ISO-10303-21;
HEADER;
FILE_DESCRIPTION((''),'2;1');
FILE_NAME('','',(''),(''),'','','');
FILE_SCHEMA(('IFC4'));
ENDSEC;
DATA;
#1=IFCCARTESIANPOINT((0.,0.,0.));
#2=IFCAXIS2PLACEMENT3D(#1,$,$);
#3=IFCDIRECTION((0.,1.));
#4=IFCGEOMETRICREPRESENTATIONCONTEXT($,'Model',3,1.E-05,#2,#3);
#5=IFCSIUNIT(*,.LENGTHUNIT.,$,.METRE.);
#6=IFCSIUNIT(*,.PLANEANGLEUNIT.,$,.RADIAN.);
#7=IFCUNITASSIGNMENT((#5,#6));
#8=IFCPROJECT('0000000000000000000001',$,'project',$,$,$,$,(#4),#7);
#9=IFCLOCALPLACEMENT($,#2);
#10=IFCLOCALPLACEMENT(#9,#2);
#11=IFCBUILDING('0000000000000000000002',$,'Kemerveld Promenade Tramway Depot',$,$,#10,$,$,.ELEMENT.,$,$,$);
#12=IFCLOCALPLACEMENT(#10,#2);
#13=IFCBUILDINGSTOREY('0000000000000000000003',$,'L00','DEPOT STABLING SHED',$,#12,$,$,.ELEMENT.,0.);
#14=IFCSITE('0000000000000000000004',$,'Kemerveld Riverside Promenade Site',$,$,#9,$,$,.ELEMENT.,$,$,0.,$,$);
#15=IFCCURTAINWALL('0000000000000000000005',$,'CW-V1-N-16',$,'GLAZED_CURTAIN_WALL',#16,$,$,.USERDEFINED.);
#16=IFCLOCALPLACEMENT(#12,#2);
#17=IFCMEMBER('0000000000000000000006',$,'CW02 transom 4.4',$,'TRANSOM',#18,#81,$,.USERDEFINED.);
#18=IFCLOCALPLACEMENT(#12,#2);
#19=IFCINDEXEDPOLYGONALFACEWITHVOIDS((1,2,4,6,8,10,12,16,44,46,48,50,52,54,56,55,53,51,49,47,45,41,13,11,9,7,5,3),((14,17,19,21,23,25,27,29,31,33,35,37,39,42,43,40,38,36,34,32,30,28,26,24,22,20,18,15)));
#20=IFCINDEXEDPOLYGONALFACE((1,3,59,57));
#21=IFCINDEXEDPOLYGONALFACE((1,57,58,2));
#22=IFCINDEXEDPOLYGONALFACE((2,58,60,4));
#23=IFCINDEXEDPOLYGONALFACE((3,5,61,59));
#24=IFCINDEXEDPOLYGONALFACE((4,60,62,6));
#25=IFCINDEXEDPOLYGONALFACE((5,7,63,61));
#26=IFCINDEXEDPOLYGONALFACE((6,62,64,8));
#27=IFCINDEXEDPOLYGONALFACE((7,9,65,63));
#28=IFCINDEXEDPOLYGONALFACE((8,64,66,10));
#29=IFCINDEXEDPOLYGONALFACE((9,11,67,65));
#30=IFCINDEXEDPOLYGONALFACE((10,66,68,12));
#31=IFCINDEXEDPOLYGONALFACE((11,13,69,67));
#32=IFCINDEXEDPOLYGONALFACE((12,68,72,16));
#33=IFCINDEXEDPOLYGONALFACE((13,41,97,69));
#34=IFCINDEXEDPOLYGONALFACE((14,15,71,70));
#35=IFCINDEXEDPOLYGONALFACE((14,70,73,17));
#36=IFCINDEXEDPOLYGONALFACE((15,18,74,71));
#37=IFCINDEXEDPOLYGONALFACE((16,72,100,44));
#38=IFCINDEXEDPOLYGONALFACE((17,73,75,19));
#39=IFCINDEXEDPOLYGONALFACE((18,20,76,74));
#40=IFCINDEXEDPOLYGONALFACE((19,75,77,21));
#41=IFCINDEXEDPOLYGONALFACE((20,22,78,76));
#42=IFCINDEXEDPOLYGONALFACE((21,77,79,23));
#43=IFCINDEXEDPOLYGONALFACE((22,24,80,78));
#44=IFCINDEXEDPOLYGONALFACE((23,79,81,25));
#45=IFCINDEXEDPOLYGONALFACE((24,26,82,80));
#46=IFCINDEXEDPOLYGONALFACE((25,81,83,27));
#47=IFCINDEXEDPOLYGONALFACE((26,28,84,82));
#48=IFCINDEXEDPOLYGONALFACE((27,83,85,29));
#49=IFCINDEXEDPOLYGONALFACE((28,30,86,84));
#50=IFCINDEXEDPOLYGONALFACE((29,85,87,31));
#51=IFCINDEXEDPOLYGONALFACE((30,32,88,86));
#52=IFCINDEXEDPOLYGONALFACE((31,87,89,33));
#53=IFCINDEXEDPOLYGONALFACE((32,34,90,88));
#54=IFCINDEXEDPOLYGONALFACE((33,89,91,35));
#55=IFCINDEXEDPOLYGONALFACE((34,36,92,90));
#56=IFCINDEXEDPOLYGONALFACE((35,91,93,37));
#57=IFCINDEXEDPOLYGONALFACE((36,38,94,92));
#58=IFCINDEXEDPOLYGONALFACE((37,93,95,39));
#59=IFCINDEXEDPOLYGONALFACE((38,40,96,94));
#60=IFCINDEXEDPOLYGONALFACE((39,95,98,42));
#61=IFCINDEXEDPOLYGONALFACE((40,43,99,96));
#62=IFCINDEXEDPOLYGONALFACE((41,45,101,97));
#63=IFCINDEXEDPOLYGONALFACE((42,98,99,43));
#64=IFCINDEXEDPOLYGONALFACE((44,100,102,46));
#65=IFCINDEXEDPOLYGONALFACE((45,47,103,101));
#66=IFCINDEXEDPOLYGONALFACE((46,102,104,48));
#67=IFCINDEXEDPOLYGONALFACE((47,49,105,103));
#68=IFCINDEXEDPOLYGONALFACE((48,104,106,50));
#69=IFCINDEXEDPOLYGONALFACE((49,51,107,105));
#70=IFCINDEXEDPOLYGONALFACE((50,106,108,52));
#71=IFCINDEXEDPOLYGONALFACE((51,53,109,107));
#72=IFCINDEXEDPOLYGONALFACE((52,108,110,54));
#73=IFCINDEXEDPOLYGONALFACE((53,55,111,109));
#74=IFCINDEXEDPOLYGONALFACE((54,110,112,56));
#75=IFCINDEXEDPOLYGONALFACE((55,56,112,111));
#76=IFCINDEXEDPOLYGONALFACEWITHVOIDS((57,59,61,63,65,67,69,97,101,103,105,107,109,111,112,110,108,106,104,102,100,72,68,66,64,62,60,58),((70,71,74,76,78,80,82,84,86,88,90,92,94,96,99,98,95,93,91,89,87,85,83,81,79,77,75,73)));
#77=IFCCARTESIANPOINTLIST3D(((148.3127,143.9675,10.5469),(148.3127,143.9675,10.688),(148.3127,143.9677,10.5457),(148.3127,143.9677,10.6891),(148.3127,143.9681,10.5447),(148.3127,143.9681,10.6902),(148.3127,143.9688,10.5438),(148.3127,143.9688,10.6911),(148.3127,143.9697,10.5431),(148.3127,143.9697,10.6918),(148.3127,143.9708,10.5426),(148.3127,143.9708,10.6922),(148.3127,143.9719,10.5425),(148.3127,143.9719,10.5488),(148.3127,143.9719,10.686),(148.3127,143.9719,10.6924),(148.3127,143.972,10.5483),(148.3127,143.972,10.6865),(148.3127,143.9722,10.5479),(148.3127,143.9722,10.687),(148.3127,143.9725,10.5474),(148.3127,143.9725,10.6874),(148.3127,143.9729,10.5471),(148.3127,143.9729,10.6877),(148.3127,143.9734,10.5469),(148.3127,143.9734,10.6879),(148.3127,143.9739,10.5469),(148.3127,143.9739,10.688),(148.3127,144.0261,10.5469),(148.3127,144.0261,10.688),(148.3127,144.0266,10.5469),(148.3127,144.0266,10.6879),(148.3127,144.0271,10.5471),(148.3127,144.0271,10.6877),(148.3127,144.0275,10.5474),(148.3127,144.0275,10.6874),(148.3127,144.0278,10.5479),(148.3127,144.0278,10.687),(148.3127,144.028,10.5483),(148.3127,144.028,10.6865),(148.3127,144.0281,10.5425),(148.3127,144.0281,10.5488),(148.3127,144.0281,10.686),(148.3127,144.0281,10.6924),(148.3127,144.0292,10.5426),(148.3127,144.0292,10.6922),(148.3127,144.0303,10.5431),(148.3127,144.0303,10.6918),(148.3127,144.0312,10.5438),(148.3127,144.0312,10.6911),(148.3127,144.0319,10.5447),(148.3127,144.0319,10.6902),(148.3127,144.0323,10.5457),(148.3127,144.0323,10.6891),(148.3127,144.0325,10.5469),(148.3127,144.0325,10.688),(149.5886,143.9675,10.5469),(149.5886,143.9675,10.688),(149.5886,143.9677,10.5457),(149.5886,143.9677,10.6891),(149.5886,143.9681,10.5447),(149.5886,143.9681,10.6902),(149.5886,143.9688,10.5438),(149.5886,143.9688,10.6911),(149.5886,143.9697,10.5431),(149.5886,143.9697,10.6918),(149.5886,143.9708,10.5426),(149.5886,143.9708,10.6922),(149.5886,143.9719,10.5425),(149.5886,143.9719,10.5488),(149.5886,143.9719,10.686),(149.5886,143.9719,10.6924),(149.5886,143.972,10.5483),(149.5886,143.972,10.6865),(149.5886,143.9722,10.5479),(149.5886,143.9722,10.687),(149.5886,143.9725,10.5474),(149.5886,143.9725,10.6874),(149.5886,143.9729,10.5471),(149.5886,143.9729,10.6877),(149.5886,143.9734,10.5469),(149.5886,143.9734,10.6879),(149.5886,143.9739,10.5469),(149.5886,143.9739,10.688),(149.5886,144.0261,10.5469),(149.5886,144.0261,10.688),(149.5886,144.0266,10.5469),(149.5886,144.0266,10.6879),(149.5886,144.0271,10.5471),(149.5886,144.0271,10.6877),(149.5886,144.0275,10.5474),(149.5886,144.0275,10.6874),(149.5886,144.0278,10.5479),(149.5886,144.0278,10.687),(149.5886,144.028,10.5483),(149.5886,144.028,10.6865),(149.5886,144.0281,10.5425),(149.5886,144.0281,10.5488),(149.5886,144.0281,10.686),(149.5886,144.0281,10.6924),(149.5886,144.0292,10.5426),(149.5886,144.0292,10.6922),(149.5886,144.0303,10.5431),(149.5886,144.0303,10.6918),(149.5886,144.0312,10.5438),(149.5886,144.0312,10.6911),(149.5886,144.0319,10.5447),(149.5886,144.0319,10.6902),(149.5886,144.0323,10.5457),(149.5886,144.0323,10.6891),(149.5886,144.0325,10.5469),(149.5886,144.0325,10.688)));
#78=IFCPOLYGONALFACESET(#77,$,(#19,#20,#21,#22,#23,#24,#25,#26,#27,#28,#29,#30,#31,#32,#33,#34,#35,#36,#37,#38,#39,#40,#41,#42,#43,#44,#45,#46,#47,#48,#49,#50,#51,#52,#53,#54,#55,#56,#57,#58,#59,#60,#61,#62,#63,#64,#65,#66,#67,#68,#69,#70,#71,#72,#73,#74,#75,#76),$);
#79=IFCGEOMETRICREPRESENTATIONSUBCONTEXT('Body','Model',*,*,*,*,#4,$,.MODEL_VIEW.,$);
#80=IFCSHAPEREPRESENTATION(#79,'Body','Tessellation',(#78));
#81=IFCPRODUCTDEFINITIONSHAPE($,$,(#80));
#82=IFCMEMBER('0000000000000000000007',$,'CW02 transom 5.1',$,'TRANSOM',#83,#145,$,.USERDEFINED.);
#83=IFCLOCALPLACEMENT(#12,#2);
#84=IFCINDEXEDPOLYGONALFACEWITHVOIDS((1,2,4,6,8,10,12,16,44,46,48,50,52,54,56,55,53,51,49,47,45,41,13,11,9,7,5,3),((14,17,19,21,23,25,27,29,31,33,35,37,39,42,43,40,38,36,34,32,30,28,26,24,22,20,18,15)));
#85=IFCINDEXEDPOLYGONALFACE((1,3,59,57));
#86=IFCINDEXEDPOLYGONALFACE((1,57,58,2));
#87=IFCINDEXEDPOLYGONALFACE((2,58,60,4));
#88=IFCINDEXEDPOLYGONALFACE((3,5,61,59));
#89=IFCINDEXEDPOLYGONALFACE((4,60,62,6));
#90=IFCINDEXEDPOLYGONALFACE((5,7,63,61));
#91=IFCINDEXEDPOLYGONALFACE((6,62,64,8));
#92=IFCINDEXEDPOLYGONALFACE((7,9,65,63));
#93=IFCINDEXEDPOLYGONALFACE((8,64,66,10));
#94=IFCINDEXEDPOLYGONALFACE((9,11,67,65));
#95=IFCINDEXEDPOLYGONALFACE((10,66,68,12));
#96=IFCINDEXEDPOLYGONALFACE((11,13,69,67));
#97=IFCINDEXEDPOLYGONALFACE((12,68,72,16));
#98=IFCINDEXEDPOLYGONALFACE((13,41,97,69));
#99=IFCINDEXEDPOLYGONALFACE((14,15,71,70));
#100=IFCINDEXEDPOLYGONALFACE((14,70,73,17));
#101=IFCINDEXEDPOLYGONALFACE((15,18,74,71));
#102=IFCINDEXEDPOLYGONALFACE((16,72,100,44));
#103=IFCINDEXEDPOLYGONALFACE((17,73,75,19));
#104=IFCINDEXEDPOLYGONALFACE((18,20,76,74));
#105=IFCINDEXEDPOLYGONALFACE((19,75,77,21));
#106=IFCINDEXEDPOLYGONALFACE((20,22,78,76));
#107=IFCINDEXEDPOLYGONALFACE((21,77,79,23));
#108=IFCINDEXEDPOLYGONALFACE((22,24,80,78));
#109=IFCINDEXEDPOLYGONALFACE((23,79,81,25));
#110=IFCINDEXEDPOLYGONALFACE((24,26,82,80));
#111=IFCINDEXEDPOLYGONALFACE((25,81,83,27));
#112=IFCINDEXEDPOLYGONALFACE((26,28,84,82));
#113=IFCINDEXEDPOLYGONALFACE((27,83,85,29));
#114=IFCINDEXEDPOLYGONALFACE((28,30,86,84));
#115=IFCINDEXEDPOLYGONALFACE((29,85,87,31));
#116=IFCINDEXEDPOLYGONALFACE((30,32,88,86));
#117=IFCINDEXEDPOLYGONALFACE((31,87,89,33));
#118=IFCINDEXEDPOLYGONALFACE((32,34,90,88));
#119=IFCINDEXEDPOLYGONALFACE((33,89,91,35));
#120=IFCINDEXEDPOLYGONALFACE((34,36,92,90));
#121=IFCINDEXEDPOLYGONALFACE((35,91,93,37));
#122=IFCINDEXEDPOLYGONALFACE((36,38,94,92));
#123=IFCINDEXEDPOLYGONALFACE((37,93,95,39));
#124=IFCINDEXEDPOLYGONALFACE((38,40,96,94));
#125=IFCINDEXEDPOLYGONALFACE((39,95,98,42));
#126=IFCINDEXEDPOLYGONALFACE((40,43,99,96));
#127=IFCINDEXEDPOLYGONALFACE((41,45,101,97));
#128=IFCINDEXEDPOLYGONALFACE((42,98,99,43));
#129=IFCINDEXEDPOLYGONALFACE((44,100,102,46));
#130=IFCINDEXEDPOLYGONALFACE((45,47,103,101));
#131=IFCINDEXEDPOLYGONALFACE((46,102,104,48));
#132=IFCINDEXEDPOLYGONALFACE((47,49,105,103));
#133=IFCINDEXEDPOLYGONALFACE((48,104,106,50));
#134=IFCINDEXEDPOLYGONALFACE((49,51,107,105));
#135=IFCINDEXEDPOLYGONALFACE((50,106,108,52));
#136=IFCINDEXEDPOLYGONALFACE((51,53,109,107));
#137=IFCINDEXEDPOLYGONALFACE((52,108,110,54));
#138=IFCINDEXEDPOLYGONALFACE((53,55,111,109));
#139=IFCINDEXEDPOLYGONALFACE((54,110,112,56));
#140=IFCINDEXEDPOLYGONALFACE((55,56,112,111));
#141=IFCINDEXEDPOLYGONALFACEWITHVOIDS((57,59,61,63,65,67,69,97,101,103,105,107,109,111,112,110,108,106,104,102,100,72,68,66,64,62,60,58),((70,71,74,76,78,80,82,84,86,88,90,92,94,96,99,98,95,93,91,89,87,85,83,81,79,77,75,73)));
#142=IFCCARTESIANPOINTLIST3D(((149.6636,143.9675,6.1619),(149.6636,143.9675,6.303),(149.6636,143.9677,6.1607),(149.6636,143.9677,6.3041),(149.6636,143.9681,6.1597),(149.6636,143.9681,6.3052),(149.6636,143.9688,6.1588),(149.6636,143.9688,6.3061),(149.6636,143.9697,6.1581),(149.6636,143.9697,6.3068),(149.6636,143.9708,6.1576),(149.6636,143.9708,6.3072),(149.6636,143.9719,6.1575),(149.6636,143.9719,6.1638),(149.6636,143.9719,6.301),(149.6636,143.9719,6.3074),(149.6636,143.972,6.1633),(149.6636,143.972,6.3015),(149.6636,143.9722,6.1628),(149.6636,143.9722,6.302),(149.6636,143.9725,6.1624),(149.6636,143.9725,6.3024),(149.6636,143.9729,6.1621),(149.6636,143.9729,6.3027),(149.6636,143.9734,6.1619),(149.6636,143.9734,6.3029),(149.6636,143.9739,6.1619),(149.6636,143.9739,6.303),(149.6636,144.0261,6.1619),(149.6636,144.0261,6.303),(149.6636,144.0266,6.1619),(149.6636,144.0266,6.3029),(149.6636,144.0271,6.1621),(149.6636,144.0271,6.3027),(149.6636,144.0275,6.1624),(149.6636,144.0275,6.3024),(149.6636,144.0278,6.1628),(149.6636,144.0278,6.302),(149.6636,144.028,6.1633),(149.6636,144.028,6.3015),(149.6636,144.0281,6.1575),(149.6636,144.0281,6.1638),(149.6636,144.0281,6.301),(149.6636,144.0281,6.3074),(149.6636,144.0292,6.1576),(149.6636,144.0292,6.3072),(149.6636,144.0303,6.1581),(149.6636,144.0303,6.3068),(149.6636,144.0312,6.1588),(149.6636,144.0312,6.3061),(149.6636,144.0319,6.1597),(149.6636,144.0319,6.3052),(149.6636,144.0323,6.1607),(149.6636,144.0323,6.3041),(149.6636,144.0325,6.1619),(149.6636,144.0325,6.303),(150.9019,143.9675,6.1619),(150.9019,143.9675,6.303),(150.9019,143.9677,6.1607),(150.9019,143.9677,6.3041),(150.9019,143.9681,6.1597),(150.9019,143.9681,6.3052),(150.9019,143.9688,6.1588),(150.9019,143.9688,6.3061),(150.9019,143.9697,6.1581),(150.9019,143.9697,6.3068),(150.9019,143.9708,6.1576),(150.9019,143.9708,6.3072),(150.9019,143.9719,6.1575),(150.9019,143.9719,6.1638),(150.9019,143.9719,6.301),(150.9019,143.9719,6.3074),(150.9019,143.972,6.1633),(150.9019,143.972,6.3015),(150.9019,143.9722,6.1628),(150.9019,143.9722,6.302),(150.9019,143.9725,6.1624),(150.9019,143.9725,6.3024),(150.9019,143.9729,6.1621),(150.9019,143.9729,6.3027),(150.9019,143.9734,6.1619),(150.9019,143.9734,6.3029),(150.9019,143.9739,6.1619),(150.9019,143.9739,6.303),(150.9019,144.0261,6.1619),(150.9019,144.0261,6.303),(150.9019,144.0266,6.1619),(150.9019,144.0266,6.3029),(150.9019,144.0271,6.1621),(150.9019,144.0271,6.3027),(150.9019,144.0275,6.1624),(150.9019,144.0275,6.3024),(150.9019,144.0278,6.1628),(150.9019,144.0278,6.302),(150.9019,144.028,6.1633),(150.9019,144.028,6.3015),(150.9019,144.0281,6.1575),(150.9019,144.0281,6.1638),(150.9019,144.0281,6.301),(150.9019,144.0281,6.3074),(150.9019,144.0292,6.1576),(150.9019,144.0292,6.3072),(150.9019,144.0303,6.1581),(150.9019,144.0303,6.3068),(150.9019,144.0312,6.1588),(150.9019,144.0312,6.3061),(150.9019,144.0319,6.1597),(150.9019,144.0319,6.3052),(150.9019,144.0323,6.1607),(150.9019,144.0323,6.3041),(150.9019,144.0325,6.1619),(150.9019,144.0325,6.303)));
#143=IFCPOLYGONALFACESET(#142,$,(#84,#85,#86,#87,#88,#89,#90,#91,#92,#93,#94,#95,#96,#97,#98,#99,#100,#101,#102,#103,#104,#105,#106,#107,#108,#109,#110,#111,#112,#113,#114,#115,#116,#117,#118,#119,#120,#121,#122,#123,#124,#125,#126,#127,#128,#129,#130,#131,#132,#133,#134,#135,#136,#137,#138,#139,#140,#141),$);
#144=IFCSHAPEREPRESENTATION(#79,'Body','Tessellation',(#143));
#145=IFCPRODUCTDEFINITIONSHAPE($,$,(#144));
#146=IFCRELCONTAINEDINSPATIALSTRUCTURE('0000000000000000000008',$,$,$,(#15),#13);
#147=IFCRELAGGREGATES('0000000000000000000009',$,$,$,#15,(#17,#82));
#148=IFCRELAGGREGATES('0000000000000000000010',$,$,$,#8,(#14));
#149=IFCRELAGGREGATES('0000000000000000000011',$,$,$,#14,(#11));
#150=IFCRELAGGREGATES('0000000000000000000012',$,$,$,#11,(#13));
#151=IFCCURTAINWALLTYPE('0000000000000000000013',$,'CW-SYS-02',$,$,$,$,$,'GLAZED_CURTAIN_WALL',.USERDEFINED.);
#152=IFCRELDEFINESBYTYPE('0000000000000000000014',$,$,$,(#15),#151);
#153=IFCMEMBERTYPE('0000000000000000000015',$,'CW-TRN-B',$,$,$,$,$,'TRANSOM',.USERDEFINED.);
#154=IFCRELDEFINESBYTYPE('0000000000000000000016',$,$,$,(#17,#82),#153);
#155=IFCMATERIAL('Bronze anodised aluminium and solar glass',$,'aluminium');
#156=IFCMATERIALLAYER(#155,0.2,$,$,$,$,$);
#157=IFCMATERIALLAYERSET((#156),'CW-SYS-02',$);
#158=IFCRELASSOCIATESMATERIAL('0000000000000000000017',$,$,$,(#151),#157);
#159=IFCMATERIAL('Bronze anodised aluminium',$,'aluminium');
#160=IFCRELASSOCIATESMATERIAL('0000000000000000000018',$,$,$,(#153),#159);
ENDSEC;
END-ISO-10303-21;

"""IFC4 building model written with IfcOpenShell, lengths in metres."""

from ifc_helpers import new_model, si_unit, direction, frame, origin, origin_2d, place, context, subcontext, project, spatial, hollow_rectangle, extrude, material, layer, layer_set, material_profile, profile_set, type_object, element, aggregate, save


model = new_model("IFC4")

# Units and contexts
model_context = context("Model", 3, precision=1e-05, world=origin(), true_north=direction((0.0, 1.0)))
body_context = subcontext(model_context, "Body", "Model", "MODEL_VIEW")
ifc_project = project(units=[si_unit("LENGTHUNIT", "METRE"), si_unit("PLANEANGLEUNIT", "RADIAN")], contexts=[model_context])

# Site, building, storey
site_placement = place(None, origin())
site = spatial("IfcSite", under=ifc_project, at=site_placement, Name="Kemerveld Riverside Promenade Site", CompositionType="ELEMENT", RefElevation=0.0)
building_placement = place(site_placement, origin())
building = spatial("IfcBuilding", under=site, at=building_placement, Name="Kemerveld Promenade Tramway Depot", CompositionType="ELEMENT")
storey_placement = place(building_placement, origin())
storey = spatial("IfcBuildingStorey", under=building, at=storey_placement, Name="L00", Description="DEPOT STABLING SHED", CompositionType="ELEMENT", Elevation=0.0)

# Curtain wall, members
ifc_material_1 = material(Name="Bronze anodised aluminium and solar glass", Category="aluminium")
ifc_layer_1 = layer(ifc_material_1, 0.2)
ifc_layer_set_1 = layer_set([ifc_layer_1], Name="CW-SYS-02")
curtain_wall_type = type_object("IfcCurtainWallType", Name="CW-SYS-02", ElementType="GLAZED_CURTAIN_WALL", PredefinedType="USERDEFINED", material=ifc_layer_set_1)
curtain_wall_placement = place(storey_placement, origin())
curtain_wall = element("IfcCurtainWall", 1, at=curtain_wall_placement, inside=storey, type_object=curtain_wall_type, Name="CW-V1-N-16", ObjectType="GLAZED_CURTAIN_WALL", PredefinedType="USERDEFINED")
ifc_material_2 = material(Name="Bronze anodised aluminium", Category="aluminium")
ifc_material_profile_1 = material_profile(ifc_material_2, hollow_rectangle(XDim=0.0649, YDim=0.1499, WallThickness=0.0044, InnerFilletRadius=0.002, OuterFilletRadius=0.0044, at=origin_2d()), Name="CW-TRN-150x65")
ifc_profile_set_1 = profile_set([ifc_material_profile_1], Name="Bronze anodised aluminium")
member_type_1 = type_object("IfcMemberType", Name="CW-TRN-B", ElementType="TRANSOM", PredefinedType="USERDEFINED", material=ifc_profile_set_1)
member_1_placement = place(storey_placement, frame((148.3127, 144.0, 10.6174), z_axis=(1.0, 0.0, 0.0), x_axis=(0.0, 1.0, 0.0)))
member_1 = element("IfcMember", 2, at=member_1_placement, type_object=member_type_1, Name="CW02 transom 4.4", ObjectType="TRANSOM", PredefinedType="USERDEFINED", context=body_context, shape_type="SweptSolid", body=[
    extrude(hollow_rectangle(XDim=0.0649, YDim=0.1499, WallThickness=0.0044, InnerFilletRadius=0.002, OuterFilletRadius=0.0044, at=origin_2d()), origin(), (0.0, 0.0, 1.0), 1.2759),
])
member_2_placement = place(storey_placement, frame((149.6636, 144.0, 6.2324), z_axis=(1.0, 0.0, 0.0), x_axis=(0.0, 1.0, 0.0)))
member_2 = element("IfcMember", 3, at=member_2_placement, type_object=member_type_1, Name="CW02 transom 5.1", ObjectType="TRANSOM", PredefinedType="USERDEFINED", context=body_context, shape_type="SweptSolid", body=[
    extrude(hollow_rectangle(XDim=0.0649, YDim=0.1499, WallThickness=0.0044, InnerFilletRadius=0.002, OuterFilletRadius=0.0044, at=origin_2d()), origin(), (0.0, 0.0, 1.0), 1.2383),
])

aggregate(curtain_wall, [member_1, member_2])

save(model, "model.ifc")
